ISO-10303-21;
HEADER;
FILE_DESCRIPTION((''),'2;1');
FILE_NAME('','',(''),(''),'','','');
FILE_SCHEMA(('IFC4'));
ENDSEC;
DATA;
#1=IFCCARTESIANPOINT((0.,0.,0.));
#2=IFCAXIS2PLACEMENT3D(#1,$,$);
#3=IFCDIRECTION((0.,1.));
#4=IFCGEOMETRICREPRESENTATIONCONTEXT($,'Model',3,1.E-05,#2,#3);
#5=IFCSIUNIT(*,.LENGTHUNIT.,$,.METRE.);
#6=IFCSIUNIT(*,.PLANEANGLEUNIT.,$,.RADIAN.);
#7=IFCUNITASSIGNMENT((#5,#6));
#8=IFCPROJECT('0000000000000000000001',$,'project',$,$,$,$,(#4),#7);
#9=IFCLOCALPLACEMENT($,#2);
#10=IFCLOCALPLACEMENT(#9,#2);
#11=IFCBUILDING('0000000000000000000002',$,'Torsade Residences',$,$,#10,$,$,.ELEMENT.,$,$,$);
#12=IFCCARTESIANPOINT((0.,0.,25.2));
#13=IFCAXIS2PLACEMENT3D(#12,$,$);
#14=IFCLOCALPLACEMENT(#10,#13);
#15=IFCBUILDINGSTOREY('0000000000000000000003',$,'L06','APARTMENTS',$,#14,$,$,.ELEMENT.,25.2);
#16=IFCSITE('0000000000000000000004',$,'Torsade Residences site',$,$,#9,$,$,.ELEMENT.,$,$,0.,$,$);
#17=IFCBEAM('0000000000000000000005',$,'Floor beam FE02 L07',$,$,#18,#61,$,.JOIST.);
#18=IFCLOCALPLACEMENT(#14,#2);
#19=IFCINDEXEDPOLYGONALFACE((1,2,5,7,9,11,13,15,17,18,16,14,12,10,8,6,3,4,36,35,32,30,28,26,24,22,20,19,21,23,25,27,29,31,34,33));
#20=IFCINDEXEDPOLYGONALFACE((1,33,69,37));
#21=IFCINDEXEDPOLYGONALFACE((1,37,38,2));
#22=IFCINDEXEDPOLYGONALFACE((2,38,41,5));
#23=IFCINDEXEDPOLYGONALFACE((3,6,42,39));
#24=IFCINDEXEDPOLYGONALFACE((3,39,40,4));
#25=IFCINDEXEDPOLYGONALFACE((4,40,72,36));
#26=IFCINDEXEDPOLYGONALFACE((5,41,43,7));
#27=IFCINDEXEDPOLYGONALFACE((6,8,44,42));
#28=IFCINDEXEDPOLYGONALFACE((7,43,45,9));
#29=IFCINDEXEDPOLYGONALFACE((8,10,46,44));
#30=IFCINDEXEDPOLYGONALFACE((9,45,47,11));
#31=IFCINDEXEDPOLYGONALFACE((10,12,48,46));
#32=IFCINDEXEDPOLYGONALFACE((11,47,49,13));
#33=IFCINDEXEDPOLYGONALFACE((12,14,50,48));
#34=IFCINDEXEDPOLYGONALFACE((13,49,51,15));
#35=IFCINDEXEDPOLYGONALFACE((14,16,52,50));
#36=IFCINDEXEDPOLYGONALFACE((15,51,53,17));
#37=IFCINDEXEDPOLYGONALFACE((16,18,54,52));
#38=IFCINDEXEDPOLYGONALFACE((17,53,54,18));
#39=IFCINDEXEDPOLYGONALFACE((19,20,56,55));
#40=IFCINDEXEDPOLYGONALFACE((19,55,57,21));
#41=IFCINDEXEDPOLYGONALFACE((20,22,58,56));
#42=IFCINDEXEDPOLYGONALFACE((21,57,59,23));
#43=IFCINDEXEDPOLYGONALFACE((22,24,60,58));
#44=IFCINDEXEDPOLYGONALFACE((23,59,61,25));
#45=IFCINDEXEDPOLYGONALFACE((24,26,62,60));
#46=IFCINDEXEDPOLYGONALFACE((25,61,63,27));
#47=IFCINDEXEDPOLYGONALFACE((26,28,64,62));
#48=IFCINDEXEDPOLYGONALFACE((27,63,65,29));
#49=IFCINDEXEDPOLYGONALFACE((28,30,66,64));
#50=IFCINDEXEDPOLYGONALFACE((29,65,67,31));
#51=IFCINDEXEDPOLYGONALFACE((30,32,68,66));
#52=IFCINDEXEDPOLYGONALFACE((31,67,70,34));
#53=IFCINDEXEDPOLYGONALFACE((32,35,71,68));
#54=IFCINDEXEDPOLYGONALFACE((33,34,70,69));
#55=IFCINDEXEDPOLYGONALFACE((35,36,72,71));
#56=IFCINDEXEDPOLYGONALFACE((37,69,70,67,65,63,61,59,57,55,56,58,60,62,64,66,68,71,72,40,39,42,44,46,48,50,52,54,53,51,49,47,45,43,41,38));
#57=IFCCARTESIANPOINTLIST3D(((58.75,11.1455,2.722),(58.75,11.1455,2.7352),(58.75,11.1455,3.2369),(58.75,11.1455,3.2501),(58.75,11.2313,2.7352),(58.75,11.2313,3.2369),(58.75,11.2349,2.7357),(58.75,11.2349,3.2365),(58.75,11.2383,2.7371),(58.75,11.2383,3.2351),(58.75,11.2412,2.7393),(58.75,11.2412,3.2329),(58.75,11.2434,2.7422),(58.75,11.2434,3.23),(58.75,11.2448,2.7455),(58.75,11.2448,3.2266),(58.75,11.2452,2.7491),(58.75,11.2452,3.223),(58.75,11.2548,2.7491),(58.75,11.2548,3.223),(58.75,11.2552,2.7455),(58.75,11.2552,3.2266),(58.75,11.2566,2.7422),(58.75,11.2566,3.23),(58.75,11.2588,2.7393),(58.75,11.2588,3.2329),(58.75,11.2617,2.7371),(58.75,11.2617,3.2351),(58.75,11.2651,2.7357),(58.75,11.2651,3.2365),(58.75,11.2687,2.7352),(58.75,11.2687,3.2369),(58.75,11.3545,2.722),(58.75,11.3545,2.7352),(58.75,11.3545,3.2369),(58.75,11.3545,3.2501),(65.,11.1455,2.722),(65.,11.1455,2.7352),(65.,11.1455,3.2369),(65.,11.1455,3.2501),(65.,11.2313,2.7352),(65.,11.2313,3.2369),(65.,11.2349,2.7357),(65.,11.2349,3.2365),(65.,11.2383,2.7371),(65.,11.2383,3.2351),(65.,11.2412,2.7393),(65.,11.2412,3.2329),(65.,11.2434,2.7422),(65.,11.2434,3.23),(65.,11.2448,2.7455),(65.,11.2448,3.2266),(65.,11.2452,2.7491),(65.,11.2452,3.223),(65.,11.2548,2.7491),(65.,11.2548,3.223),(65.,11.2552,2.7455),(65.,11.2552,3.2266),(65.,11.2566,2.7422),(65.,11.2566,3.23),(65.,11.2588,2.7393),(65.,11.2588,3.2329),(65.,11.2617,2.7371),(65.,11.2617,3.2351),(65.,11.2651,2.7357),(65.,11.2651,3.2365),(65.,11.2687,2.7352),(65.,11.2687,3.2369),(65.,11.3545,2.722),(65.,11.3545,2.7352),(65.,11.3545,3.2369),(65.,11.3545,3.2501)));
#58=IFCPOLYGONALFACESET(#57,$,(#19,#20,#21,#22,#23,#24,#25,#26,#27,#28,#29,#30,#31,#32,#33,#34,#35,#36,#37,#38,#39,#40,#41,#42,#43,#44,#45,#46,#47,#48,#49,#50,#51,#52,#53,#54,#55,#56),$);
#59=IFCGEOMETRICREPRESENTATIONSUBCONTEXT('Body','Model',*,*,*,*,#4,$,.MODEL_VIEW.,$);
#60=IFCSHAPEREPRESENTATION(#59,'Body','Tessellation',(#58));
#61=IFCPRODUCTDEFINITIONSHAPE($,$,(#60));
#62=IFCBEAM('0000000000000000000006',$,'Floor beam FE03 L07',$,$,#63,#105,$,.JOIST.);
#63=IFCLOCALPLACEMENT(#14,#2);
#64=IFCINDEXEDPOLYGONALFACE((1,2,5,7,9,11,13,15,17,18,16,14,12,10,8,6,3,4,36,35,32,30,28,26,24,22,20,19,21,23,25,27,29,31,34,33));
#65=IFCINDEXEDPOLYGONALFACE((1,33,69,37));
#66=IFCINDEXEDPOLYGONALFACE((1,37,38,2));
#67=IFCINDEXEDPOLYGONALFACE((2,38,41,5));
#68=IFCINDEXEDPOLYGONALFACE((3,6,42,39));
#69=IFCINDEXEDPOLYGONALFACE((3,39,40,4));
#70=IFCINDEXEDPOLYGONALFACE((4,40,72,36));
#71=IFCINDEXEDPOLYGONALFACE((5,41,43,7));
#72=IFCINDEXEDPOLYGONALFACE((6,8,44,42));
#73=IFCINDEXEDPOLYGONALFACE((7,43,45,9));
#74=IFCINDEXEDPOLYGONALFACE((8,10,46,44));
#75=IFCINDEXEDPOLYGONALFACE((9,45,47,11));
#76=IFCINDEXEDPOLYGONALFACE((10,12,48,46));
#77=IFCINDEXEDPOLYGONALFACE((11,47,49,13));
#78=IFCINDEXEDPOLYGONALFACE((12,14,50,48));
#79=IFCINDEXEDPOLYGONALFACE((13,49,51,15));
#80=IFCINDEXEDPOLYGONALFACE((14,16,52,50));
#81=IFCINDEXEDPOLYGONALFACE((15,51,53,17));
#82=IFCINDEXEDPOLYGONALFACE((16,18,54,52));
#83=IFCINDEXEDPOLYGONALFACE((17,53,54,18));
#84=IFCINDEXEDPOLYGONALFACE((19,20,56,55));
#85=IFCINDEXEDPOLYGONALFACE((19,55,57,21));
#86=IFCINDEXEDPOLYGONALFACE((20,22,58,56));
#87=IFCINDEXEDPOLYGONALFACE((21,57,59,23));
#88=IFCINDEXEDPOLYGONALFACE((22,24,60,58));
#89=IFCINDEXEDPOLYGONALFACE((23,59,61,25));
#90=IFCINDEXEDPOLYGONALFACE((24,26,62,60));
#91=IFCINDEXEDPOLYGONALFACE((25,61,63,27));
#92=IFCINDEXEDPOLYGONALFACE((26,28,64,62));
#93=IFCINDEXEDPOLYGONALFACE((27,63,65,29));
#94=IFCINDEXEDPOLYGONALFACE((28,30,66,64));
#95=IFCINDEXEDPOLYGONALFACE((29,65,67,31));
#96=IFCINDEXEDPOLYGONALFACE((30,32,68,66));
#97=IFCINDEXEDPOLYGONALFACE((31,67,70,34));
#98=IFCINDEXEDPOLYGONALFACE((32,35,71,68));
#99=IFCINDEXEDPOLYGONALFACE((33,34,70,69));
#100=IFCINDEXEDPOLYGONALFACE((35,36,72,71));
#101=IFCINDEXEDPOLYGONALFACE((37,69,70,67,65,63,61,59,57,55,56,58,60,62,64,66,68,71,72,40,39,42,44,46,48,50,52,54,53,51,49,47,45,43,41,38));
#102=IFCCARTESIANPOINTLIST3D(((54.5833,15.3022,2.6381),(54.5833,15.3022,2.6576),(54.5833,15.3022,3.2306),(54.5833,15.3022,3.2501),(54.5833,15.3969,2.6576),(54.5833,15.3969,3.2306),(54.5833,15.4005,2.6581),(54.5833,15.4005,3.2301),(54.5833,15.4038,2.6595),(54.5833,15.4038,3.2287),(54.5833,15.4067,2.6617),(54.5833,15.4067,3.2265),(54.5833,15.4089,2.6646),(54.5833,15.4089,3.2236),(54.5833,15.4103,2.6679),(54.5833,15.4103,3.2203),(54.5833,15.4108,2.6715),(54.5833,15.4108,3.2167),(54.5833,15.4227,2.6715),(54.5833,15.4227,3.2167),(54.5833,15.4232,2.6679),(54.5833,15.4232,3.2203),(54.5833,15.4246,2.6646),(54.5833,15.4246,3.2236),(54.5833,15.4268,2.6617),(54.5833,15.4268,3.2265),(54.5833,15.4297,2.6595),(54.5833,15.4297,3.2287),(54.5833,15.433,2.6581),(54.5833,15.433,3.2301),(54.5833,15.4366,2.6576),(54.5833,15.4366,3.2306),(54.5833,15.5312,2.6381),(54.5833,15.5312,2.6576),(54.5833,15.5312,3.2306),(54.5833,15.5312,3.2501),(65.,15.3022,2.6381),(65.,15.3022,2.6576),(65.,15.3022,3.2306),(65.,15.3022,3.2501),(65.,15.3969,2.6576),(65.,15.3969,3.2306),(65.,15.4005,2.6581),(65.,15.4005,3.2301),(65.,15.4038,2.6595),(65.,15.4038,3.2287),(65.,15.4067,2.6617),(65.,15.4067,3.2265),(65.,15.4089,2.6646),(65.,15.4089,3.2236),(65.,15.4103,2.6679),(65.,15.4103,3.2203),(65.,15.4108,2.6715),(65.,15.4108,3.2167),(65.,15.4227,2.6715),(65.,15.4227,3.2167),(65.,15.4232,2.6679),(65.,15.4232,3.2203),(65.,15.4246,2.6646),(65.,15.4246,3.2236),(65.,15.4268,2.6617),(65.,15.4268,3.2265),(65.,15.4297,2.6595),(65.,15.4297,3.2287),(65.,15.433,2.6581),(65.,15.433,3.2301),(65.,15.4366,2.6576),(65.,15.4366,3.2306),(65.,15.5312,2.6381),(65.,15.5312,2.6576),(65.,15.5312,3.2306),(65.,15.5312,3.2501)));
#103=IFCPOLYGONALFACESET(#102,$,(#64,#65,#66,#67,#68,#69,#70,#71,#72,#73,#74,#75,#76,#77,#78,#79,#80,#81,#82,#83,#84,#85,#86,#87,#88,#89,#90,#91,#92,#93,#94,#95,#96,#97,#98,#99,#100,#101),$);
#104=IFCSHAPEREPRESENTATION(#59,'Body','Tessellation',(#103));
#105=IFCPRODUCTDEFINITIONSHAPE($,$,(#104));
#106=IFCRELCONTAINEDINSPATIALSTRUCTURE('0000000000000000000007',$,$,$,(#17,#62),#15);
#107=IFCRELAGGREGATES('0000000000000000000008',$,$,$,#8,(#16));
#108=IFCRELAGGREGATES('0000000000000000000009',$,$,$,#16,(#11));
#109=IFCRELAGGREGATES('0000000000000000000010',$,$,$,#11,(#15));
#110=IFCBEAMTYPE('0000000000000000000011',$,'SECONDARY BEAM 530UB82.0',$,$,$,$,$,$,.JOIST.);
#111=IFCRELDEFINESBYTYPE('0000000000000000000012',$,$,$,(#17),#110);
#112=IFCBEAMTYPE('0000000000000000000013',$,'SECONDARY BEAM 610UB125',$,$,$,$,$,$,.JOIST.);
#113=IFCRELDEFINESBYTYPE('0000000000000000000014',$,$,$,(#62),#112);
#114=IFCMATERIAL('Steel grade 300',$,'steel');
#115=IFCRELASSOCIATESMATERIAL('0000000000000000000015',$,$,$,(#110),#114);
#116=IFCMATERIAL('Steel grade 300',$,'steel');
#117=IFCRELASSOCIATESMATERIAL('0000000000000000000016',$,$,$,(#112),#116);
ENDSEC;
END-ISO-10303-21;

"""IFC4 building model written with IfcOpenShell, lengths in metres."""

from ifc_helpers import new_model, si_unit, direction, frame, origin, origin_2d, place, context, subcontext, project, spatial, i_section, extrude, material, material_profile, profile_set, type_object, element, save


model = new_model("IFC4")

# Units and contexts
model_context = context("Model", 3, precision=1e-05, world=origin(), true_north=direction((0.0, 1.0)))
body_context = subcontext(model_context, "Body", "Model", "MODEL_VIEW")
ifc_project = project(units=[si_unit("LENGTHUNIT", "METRE"), si_unit("PLANEANGLEUNIT", "RADIAN")], contexts=[model_context])

# Site, building, storey
site_placement = place(None, origin())
site = spatial("IfcSite", under=ifc_project, at=site_placement, Name="Torsade Residences site", CompositionType="ELEMENT", RefElevation=0.0)
building_placement = place(site_placement, origin())
building = spatial("IfcBuilding", under=site, at=building_placement, Name="Torsade Residences", CompositionType="ELEMENT")
storey_placement = place(building_placement, frame((0.0, 0.0, 25.2)))
storey = spatial("IfcBuildingStorey", under=building, at=storey_placement, Name="L06", Description="APARTMENTS", CompositionType="ELEMENT", Elevation=25.2)

# Beams
ifc_material_1 = material(Name="Steel grade 300", Category="steel")
ifc_material_profile_1 = material_profile(ifc_material_1, i_section(OverallWidth=0.209, OverallDepth=0.5281, WebThickness=0.0095, FlangeThickness=0.0132, FilletRadius=0.0139, at=origin_2d()), Name="530UB82.0")
ifc_profile_set_1 = profile_set([ifc_material_profile_1], Name="Steel grade 300")
beam_type_1 = type_object("IfcBeamType", Name="SECONDARY BEAM 530UB82.0", PredefinedType="JOIST", material=ifc_profile_set_1)
beam_1_placement = place(storey_placement, frame((65.0, 11.25, 2.9861), z_axis=(-1.0, 0.0, 0.0), x_axis=(0.0, -1.0, 0.0)))
element("IfcBeam", 1, at=beam_1_placement, inside=storey, type_object=beam_type_1, Name="Floor beam FE02 L07", PredefinedType="JOIST", context=body_context, shape_type="SweptSolid", body=[
    extrude(i_section(OverallWidth=0.209, OverallDepth=0.5281, WebThickness=0.0095, FlangeThickness=0.0132, FilletRadius=0.0139, at=origin_2d()), origin(), (0.0, 0.0, 1.0), 6.25),
])
ifc_material_2 = material(Name="Steel grade 300", Category="steel")
ifc_material_profile_2 = material_profile(ifc_material_2, i_section(OverallWidth=0.229, OverallDepth=0.6121, WebThickness=0.012, FlangeThickness=0.0195, FilletRadius=0.0139, at=origin_2d()), Name="610UB125")
ifc_profile_set_2 = profile_set([ifc_material_profile_2], Name="Steel grade 300")
beam_type_2 = type_object("IfcBeamType", Name="SECONDARY BEAM 610UB125", PredefinedType="JOIST", material=ifc_profile_set_2)
beam_2_placement = place(storey_placement, frame((65.0, 15.4167, 2.9441), z_axis=(-1.0, 0.0, 0.0), x_axis=(0.0, -1.0, 0.0)))
element("IfcBeam", 2, at=beam_2_placement, inside=storey, type_object=beam_type_2, Name="Floor beam FE03 L07", PredefinedType="JOIST", context=body_context, shape_type="SweptSolid", body=[
    extrude(i_section(OverallWidth=0.229, OverallDepth=0.6121, WebThickness=0.012, FlangeThickness=0.0195, FilletRadius=0.0139, at=origin_2d()), origin(), (0.0, 0.0, 1.0), 10.4167),
])

save(model, "model.ifc")
